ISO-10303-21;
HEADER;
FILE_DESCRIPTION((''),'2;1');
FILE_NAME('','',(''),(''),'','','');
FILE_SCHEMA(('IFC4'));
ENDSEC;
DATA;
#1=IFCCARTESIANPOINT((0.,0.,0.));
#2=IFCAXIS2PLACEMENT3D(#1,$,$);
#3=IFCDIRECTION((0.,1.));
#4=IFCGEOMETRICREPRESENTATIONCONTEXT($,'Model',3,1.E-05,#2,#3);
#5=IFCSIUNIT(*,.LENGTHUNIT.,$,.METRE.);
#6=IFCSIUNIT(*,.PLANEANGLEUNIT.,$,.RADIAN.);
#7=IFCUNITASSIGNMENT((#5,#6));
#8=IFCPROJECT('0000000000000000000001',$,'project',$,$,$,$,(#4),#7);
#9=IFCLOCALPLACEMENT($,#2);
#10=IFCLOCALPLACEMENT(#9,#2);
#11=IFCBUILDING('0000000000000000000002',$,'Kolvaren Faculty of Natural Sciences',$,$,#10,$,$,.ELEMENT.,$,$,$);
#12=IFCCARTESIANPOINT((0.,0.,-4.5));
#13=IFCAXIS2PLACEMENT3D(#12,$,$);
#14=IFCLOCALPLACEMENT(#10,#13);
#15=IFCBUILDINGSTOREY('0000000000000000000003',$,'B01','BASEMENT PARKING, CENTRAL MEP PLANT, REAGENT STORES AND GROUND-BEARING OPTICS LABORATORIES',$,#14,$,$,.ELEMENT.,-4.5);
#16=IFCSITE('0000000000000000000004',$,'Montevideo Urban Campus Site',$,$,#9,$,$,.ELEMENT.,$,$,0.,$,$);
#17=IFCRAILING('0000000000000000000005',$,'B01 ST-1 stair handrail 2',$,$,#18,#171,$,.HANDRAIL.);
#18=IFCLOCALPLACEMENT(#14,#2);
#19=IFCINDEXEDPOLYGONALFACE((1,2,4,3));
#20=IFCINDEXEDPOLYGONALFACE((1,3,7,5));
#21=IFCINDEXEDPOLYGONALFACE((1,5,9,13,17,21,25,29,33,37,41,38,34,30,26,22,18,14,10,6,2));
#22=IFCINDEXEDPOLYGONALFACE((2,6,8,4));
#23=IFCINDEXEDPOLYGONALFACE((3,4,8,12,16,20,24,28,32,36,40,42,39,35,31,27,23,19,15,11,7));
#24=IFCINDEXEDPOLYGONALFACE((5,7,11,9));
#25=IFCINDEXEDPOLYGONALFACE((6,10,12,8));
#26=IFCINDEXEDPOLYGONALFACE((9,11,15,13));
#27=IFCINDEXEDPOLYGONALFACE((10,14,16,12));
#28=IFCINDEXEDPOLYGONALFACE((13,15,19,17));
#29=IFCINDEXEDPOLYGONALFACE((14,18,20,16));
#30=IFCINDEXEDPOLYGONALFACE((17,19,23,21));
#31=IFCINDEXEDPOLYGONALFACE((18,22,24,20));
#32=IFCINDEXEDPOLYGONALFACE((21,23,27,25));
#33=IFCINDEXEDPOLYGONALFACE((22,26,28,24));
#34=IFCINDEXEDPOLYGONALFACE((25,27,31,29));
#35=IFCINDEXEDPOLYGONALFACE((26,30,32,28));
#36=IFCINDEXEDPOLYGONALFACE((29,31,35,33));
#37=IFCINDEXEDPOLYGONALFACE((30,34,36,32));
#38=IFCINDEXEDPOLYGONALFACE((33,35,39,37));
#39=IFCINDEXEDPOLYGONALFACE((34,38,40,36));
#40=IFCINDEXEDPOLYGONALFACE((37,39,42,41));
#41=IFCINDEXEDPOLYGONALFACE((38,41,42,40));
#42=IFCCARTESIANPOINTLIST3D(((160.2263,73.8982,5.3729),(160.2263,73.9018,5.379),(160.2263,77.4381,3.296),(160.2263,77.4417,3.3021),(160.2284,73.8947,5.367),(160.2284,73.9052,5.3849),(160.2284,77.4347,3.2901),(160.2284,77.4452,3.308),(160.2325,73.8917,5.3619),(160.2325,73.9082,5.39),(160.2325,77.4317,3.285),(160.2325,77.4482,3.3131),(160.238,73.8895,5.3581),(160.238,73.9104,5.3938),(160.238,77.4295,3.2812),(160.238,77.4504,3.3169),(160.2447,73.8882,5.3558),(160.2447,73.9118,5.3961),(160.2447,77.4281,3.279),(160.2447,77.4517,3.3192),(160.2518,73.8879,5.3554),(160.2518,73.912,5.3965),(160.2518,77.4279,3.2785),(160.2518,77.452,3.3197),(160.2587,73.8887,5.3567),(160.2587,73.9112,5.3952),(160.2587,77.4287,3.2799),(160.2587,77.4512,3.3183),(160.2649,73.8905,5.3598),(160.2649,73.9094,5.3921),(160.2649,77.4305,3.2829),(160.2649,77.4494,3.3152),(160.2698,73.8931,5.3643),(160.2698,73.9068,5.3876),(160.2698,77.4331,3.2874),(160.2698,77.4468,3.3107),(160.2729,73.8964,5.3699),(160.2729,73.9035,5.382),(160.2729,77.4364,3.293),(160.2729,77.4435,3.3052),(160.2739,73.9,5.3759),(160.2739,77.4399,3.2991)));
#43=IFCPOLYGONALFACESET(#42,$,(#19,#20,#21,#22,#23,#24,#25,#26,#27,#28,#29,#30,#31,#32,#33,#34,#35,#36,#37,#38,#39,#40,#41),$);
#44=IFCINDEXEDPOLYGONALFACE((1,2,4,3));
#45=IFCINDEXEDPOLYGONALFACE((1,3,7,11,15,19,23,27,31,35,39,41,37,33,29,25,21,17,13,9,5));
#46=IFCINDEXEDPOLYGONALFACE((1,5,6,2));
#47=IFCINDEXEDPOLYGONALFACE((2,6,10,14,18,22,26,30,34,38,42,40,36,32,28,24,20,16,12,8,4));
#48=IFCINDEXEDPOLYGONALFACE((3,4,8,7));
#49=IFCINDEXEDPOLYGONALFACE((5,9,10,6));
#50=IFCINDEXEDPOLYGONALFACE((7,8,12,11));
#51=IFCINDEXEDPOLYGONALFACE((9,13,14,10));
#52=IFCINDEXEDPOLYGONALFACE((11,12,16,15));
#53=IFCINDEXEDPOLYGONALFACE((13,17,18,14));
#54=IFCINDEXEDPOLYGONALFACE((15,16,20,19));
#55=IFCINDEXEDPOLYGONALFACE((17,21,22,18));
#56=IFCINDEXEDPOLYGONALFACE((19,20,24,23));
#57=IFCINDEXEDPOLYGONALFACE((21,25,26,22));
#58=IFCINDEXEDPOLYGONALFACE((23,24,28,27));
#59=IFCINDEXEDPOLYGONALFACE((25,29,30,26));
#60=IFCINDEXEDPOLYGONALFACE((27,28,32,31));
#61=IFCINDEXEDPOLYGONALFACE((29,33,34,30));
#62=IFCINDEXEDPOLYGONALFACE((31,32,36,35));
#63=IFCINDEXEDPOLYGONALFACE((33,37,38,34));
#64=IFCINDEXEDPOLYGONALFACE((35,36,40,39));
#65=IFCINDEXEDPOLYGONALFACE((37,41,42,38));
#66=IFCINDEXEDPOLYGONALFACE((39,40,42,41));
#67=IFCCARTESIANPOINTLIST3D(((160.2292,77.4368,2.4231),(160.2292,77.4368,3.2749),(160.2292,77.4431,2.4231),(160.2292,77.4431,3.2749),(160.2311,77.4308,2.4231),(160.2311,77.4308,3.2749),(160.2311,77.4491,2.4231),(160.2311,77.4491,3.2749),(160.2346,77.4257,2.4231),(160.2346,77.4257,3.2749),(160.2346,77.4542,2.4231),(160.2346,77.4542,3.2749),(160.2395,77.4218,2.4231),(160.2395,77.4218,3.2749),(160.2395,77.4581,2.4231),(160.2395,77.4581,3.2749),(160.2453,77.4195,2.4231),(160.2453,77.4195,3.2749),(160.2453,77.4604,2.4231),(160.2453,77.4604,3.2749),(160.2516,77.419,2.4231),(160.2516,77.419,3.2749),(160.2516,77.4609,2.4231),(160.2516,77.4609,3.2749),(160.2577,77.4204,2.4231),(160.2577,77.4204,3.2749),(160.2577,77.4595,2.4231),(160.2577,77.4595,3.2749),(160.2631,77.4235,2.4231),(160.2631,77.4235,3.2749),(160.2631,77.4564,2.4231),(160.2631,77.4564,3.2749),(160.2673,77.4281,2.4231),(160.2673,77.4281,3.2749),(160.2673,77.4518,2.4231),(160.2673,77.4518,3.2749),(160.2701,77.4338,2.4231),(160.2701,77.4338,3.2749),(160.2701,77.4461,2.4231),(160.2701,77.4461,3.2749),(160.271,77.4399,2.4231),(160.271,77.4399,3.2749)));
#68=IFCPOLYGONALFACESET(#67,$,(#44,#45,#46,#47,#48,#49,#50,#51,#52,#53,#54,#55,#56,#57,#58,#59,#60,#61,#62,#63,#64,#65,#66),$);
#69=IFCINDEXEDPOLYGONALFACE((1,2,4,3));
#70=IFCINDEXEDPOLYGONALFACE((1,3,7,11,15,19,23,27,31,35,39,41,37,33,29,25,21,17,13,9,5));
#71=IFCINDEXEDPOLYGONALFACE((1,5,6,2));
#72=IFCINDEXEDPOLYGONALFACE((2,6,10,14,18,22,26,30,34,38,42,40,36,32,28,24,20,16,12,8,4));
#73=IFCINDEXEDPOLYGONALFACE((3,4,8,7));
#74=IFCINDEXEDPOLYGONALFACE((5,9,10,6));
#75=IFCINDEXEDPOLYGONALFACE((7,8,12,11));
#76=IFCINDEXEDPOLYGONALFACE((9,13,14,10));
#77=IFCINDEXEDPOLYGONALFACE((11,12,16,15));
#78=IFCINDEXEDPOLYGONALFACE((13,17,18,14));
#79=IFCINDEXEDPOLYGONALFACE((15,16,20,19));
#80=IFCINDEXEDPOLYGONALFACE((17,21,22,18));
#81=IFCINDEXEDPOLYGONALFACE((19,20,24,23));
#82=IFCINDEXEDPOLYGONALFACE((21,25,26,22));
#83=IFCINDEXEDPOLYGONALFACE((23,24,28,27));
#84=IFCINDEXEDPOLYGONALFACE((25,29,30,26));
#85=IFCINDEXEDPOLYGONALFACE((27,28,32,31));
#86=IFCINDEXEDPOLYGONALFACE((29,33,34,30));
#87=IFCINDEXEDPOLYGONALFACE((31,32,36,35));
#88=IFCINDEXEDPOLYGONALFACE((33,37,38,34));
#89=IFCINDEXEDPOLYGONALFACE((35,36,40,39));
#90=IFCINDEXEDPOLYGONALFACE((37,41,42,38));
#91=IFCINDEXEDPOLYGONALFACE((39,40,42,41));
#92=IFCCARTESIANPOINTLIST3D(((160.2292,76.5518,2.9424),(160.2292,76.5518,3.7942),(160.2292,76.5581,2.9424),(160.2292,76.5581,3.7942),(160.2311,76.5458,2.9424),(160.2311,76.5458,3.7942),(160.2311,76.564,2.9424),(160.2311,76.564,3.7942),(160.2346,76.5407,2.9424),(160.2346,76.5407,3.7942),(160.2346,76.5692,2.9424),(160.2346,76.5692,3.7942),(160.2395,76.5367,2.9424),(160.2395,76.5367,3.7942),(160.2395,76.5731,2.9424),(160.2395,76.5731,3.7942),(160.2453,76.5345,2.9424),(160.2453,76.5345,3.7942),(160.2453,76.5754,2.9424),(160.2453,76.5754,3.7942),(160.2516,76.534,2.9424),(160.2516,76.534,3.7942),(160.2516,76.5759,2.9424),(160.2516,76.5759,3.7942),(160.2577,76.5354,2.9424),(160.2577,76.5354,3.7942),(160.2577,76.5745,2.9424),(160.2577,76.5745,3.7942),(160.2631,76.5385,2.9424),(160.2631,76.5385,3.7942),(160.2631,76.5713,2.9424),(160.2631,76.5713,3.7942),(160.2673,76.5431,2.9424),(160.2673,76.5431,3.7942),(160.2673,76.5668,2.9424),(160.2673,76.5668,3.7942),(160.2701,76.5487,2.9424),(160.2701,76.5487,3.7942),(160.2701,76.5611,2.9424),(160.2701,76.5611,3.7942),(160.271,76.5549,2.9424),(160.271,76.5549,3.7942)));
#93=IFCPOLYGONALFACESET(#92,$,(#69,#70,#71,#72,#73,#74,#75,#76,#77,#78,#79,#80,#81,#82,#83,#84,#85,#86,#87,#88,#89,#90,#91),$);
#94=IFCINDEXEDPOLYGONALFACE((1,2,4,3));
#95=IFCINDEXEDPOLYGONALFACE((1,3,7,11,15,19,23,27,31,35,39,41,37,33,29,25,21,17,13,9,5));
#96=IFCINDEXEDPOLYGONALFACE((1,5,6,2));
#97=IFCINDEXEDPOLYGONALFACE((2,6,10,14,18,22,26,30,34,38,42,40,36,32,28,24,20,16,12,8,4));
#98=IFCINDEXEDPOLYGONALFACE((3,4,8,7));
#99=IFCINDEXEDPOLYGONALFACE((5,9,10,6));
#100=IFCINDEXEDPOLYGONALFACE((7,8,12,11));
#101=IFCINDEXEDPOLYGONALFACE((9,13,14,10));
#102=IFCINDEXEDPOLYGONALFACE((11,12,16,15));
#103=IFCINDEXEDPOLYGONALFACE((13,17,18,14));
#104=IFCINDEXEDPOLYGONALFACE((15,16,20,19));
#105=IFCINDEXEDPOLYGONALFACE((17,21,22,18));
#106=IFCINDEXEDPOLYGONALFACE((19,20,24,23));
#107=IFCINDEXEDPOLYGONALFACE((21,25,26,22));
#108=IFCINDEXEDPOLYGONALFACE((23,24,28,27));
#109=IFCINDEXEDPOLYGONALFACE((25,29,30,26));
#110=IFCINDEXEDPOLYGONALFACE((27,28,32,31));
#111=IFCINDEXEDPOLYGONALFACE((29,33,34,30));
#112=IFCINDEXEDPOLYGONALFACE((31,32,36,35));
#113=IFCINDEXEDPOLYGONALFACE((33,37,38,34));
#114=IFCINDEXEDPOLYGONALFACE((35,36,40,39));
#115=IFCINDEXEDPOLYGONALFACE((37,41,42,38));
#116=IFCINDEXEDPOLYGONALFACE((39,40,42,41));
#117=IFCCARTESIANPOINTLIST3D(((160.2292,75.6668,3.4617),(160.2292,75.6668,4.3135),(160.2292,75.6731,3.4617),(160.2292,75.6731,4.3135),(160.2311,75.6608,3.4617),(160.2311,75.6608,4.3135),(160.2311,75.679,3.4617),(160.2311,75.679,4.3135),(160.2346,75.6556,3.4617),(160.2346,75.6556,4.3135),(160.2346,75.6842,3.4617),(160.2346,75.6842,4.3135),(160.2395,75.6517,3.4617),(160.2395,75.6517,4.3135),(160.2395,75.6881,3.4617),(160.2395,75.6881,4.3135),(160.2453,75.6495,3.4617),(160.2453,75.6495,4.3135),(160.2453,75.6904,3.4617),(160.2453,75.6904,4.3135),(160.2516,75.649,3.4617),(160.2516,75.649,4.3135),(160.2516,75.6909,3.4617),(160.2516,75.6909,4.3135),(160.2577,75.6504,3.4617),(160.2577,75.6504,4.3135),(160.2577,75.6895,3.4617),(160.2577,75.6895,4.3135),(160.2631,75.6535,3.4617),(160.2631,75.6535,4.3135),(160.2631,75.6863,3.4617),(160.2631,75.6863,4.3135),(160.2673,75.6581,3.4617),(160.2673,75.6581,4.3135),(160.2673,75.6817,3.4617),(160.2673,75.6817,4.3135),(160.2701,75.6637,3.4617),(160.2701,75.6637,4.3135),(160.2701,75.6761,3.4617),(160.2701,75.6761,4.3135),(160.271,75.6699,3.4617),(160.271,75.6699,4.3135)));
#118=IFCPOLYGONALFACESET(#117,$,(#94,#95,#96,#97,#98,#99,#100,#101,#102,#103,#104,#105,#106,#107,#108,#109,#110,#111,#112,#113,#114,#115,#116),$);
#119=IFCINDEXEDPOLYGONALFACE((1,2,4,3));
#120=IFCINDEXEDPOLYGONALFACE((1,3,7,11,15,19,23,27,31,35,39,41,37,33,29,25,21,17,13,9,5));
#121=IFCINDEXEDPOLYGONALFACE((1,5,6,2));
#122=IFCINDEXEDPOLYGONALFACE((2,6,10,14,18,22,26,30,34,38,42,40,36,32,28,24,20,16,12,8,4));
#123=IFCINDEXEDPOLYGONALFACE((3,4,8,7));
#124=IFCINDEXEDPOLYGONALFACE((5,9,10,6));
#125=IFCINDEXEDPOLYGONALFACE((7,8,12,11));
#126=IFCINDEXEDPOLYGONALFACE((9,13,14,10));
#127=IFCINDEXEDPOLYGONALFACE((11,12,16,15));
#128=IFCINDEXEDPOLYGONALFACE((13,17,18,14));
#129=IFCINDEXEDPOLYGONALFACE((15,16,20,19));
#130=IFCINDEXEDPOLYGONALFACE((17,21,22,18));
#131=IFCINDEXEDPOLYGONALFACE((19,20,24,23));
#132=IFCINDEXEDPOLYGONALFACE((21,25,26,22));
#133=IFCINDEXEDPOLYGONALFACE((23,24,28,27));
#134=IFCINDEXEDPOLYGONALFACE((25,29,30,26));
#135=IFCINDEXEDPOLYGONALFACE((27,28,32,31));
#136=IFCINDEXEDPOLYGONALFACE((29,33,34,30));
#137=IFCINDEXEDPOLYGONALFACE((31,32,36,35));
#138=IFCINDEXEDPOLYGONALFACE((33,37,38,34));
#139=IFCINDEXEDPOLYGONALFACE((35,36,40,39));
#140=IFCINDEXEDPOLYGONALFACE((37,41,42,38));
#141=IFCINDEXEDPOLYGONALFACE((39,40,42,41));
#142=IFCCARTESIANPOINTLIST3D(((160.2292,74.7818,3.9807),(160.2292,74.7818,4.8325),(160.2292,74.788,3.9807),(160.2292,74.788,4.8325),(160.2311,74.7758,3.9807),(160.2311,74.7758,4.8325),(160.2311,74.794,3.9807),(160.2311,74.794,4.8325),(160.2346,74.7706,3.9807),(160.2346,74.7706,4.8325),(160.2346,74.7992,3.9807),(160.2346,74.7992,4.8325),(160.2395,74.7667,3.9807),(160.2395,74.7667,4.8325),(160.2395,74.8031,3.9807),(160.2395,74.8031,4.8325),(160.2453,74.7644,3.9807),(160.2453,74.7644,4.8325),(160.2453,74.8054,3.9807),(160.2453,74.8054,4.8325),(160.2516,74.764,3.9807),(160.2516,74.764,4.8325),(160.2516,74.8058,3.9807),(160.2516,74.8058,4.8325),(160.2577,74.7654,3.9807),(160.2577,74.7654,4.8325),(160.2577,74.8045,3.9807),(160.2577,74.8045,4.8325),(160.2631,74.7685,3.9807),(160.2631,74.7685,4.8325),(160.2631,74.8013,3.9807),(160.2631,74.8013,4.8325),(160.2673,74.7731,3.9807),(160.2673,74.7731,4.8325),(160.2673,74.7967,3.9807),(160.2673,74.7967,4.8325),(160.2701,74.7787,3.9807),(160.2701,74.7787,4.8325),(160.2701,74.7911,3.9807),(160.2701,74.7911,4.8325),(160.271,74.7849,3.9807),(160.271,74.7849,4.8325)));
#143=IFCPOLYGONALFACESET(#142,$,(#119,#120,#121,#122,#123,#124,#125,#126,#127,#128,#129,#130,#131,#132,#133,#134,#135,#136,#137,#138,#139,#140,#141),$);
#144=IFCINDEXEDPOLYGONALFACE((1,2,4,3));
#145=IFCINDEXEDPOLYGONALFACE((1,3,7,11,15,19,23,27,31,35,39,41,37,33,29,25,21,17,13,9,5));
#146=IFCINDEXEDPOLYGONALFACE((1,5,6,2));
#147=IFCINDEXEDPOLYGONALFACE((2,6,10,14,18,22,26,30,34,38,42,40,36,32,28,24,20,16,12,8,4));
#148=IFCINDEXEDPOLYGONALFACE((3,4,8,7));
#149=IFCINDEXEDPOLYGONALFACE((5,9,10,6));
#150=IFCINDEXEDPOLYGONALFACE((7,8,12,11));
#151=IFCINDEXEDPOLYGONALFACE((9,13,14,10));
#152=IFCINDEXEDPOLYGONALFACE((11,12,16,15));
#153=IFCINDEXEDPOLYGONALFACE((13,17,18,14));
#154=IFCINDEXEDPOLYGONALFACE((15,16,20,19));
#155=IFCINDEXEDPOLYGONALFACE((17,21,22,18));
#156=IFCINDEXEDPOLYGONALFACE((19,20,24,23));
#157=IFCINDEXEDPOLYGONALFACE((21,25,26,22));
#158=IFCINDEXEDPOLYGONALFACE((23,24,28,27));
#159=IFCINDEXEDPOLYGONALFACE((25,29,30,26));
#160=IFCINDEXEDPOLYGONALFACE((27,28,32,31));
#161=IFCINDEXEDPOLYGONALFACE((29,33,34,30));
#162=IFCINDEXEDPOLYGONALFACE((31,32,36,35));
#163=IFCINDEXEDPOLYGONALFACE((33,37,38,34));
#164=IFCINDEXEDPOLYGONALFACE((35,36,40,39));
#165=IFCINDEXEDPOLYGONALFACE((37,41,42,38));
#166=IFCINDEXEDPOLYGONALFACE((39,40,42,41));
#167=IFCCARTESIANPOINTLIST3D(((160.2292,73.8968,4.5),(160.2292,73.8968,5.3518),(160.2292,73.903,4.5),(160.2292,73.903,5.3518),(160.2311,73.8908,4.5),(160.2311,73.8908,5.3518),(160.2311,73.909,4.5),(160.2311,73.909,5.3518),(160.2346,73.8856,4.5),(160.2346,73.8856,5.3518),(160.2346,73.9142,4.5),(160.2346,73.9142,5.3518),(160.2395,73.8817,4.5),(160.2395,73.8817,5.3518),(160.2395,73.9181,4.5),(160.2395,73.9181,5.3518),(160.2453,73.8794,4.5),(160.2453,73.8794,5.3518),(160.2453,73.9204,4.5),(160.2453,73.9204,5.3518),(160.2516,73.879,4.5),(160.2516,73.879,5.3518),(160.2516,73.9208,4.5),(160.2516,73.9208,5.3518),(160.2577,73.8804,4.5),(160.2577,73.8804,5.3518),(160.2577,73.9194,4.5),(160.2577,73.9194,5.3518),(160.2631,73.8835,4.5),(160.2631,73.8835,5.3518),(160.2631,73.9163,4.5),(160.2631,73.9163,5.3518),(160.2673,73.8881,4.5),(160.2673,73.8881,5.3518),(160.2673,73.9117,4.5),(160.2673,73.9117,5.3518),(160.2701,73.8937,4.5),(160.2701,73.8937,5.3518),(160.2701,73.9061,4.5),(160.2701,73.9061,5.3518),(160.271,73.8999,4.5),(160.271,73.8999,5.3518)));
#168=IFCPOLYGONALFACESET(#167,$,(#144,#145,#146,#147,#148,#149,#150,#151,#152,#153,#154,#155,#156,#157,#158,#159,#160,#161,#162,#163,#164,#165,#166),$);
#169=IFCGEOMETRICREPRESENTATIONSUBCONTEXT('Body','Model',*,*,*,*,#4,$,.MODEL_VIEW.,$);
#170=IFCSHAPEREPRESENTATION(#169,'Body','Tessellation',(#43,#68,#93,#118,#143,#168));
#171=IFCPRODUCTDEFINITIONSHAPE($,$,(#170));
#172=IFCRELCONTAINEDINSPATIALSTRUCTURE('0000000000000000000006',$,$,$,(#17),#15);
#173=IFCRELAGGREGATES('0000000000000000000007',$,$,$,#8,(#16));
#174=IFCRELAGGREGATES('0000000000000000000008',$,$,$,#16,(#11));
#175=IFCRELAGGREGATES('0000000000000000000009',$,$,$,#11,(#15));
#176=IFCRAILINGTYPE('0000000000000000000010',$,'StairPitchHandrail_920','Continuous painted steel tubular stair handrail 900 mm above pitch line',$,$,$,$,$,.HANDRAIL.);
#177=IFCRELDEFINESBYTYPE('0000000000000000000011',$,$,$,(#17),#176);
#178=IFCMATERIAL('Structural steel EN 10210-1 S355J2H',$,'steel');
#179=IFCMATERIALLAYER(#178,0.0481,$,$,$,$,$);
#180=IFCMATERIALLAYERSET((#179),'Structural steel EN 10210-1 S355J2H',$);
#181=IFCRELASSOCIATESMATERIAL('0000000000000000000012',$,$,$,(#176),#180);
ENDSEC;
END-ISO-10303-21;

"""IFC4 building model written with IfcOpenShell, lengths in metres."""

from ifc_helpers import new_model, si_unit, direction, frame, origin, origin_2d, place, context, subcontext, project, spatial, circle, extrude, material, layer, layer_set, type_object, element, save


model = new_model("IFC4")

# Units and contexts
model_context = context("Model", 3, precision=1e-05, world=origin(), true_north=direction((0.0, 1.0)))
body_context = subcontext(model_context, "Body", "Model", "MODEL_VIEW")
ifc_project = project(units=[si_unit("LENGTHUNIT", "METRE"), si_unit("PLANEANGLEUNIT", "RADIAN")], contexts=[model_context])

# Site, building, storey
site_placement = place(None, origin())
site = spatial("IfcSite", under=ifc_project, at=site_placement, Name="Montevideo Urban Campus Site", CompositionType="ELEMENT", RefElevation=0.0)
building_placement = place(site_placement, origin())
building = spatial("IfcBuilding", under=site, at=building_placement, Name="Kolvaren Faculty of Natural Sciences", CompositionType="ELEMENT")
storey_placement = place(building_placement, frame((0.0, 0.0, -4.5)))
storey = spatial("IfcBuildingStorey", under=building, at=storey_placement, Name="B01", Description="BASEMENT PARKING, CENTRAL MEP PLANT, REAGENT STORES AND GROUND-BEARING OPTICS LABORATORIES", CompositionType="ELEMENT", Elevation=-4.5)

# Railing
ifc_material_1 = material(Name="Structural steel EN 10210-1 S355J2H", Category="steel")
ifc_layer_1 = layer(ifc_material_1, 0.0481)
ifc_layer_set_1 = layer_set([ifc_layer_1], Name="Structural steel EN 10210-1 S355J2H")
railing_type_1 = type_object("IfcRailingType", Name="StairPitchHandrail_920", Description="Continuous painted steel tubular stair handrail 900 mm above pitch line", PredefinedType="HANDRAIL", material=ifc_layer_set_1)
railing_1_placement = place(storey_placement, frame((160.25, 77.4399, 2.4231)))
element("IfcRailing", 1, at=railing_1_placement, inside=storey, type_object=railing_type_1, Name="B01 ST-1 stair handrail 2", PredefinedType="HANDRAIL", context=body_context, shape_type="SweptSolid", body=[
    extrude(circle(Radius=0.0239, at=origin_2d()), frame((0.0, 0.0, 0.876), z_axis=(0.0, -0.862516, 0.506029), x_axis=(1.0, 0.0, 0.0)), (0.0, 0.0, 1.0), 4.1042),
    extrude(circle(Radius=0.021, at=origin_2d()), origin(), (0.0, 0.0, 1.0), 0.8518),
    extrude(circle(Radius=0.021, at=origin_2d()), frame((0.0, -0.885, 0.5193)), (0.0, 0.0, 1.0), 0.8518),
    extrude(circle(Radius=0.021, at=origin_2d()), frame((0.0, -1.77, 1.0386)), (0.0, 0.0, 1.0), 0.8518),
    extrude(circle(Radius=0.021, at=origin_2d()), frame((0.0, -2.655, 1.5576)), (0.0, 0.0, 1.0), 0.8518),
    extrude(circle(Radius=0.021, at=origin_2d()), frame((0.0, -3.54, 2.0769)), (0.0, 0.0, 1.0), 0.8518),
])

save(model, "model.ifc")
